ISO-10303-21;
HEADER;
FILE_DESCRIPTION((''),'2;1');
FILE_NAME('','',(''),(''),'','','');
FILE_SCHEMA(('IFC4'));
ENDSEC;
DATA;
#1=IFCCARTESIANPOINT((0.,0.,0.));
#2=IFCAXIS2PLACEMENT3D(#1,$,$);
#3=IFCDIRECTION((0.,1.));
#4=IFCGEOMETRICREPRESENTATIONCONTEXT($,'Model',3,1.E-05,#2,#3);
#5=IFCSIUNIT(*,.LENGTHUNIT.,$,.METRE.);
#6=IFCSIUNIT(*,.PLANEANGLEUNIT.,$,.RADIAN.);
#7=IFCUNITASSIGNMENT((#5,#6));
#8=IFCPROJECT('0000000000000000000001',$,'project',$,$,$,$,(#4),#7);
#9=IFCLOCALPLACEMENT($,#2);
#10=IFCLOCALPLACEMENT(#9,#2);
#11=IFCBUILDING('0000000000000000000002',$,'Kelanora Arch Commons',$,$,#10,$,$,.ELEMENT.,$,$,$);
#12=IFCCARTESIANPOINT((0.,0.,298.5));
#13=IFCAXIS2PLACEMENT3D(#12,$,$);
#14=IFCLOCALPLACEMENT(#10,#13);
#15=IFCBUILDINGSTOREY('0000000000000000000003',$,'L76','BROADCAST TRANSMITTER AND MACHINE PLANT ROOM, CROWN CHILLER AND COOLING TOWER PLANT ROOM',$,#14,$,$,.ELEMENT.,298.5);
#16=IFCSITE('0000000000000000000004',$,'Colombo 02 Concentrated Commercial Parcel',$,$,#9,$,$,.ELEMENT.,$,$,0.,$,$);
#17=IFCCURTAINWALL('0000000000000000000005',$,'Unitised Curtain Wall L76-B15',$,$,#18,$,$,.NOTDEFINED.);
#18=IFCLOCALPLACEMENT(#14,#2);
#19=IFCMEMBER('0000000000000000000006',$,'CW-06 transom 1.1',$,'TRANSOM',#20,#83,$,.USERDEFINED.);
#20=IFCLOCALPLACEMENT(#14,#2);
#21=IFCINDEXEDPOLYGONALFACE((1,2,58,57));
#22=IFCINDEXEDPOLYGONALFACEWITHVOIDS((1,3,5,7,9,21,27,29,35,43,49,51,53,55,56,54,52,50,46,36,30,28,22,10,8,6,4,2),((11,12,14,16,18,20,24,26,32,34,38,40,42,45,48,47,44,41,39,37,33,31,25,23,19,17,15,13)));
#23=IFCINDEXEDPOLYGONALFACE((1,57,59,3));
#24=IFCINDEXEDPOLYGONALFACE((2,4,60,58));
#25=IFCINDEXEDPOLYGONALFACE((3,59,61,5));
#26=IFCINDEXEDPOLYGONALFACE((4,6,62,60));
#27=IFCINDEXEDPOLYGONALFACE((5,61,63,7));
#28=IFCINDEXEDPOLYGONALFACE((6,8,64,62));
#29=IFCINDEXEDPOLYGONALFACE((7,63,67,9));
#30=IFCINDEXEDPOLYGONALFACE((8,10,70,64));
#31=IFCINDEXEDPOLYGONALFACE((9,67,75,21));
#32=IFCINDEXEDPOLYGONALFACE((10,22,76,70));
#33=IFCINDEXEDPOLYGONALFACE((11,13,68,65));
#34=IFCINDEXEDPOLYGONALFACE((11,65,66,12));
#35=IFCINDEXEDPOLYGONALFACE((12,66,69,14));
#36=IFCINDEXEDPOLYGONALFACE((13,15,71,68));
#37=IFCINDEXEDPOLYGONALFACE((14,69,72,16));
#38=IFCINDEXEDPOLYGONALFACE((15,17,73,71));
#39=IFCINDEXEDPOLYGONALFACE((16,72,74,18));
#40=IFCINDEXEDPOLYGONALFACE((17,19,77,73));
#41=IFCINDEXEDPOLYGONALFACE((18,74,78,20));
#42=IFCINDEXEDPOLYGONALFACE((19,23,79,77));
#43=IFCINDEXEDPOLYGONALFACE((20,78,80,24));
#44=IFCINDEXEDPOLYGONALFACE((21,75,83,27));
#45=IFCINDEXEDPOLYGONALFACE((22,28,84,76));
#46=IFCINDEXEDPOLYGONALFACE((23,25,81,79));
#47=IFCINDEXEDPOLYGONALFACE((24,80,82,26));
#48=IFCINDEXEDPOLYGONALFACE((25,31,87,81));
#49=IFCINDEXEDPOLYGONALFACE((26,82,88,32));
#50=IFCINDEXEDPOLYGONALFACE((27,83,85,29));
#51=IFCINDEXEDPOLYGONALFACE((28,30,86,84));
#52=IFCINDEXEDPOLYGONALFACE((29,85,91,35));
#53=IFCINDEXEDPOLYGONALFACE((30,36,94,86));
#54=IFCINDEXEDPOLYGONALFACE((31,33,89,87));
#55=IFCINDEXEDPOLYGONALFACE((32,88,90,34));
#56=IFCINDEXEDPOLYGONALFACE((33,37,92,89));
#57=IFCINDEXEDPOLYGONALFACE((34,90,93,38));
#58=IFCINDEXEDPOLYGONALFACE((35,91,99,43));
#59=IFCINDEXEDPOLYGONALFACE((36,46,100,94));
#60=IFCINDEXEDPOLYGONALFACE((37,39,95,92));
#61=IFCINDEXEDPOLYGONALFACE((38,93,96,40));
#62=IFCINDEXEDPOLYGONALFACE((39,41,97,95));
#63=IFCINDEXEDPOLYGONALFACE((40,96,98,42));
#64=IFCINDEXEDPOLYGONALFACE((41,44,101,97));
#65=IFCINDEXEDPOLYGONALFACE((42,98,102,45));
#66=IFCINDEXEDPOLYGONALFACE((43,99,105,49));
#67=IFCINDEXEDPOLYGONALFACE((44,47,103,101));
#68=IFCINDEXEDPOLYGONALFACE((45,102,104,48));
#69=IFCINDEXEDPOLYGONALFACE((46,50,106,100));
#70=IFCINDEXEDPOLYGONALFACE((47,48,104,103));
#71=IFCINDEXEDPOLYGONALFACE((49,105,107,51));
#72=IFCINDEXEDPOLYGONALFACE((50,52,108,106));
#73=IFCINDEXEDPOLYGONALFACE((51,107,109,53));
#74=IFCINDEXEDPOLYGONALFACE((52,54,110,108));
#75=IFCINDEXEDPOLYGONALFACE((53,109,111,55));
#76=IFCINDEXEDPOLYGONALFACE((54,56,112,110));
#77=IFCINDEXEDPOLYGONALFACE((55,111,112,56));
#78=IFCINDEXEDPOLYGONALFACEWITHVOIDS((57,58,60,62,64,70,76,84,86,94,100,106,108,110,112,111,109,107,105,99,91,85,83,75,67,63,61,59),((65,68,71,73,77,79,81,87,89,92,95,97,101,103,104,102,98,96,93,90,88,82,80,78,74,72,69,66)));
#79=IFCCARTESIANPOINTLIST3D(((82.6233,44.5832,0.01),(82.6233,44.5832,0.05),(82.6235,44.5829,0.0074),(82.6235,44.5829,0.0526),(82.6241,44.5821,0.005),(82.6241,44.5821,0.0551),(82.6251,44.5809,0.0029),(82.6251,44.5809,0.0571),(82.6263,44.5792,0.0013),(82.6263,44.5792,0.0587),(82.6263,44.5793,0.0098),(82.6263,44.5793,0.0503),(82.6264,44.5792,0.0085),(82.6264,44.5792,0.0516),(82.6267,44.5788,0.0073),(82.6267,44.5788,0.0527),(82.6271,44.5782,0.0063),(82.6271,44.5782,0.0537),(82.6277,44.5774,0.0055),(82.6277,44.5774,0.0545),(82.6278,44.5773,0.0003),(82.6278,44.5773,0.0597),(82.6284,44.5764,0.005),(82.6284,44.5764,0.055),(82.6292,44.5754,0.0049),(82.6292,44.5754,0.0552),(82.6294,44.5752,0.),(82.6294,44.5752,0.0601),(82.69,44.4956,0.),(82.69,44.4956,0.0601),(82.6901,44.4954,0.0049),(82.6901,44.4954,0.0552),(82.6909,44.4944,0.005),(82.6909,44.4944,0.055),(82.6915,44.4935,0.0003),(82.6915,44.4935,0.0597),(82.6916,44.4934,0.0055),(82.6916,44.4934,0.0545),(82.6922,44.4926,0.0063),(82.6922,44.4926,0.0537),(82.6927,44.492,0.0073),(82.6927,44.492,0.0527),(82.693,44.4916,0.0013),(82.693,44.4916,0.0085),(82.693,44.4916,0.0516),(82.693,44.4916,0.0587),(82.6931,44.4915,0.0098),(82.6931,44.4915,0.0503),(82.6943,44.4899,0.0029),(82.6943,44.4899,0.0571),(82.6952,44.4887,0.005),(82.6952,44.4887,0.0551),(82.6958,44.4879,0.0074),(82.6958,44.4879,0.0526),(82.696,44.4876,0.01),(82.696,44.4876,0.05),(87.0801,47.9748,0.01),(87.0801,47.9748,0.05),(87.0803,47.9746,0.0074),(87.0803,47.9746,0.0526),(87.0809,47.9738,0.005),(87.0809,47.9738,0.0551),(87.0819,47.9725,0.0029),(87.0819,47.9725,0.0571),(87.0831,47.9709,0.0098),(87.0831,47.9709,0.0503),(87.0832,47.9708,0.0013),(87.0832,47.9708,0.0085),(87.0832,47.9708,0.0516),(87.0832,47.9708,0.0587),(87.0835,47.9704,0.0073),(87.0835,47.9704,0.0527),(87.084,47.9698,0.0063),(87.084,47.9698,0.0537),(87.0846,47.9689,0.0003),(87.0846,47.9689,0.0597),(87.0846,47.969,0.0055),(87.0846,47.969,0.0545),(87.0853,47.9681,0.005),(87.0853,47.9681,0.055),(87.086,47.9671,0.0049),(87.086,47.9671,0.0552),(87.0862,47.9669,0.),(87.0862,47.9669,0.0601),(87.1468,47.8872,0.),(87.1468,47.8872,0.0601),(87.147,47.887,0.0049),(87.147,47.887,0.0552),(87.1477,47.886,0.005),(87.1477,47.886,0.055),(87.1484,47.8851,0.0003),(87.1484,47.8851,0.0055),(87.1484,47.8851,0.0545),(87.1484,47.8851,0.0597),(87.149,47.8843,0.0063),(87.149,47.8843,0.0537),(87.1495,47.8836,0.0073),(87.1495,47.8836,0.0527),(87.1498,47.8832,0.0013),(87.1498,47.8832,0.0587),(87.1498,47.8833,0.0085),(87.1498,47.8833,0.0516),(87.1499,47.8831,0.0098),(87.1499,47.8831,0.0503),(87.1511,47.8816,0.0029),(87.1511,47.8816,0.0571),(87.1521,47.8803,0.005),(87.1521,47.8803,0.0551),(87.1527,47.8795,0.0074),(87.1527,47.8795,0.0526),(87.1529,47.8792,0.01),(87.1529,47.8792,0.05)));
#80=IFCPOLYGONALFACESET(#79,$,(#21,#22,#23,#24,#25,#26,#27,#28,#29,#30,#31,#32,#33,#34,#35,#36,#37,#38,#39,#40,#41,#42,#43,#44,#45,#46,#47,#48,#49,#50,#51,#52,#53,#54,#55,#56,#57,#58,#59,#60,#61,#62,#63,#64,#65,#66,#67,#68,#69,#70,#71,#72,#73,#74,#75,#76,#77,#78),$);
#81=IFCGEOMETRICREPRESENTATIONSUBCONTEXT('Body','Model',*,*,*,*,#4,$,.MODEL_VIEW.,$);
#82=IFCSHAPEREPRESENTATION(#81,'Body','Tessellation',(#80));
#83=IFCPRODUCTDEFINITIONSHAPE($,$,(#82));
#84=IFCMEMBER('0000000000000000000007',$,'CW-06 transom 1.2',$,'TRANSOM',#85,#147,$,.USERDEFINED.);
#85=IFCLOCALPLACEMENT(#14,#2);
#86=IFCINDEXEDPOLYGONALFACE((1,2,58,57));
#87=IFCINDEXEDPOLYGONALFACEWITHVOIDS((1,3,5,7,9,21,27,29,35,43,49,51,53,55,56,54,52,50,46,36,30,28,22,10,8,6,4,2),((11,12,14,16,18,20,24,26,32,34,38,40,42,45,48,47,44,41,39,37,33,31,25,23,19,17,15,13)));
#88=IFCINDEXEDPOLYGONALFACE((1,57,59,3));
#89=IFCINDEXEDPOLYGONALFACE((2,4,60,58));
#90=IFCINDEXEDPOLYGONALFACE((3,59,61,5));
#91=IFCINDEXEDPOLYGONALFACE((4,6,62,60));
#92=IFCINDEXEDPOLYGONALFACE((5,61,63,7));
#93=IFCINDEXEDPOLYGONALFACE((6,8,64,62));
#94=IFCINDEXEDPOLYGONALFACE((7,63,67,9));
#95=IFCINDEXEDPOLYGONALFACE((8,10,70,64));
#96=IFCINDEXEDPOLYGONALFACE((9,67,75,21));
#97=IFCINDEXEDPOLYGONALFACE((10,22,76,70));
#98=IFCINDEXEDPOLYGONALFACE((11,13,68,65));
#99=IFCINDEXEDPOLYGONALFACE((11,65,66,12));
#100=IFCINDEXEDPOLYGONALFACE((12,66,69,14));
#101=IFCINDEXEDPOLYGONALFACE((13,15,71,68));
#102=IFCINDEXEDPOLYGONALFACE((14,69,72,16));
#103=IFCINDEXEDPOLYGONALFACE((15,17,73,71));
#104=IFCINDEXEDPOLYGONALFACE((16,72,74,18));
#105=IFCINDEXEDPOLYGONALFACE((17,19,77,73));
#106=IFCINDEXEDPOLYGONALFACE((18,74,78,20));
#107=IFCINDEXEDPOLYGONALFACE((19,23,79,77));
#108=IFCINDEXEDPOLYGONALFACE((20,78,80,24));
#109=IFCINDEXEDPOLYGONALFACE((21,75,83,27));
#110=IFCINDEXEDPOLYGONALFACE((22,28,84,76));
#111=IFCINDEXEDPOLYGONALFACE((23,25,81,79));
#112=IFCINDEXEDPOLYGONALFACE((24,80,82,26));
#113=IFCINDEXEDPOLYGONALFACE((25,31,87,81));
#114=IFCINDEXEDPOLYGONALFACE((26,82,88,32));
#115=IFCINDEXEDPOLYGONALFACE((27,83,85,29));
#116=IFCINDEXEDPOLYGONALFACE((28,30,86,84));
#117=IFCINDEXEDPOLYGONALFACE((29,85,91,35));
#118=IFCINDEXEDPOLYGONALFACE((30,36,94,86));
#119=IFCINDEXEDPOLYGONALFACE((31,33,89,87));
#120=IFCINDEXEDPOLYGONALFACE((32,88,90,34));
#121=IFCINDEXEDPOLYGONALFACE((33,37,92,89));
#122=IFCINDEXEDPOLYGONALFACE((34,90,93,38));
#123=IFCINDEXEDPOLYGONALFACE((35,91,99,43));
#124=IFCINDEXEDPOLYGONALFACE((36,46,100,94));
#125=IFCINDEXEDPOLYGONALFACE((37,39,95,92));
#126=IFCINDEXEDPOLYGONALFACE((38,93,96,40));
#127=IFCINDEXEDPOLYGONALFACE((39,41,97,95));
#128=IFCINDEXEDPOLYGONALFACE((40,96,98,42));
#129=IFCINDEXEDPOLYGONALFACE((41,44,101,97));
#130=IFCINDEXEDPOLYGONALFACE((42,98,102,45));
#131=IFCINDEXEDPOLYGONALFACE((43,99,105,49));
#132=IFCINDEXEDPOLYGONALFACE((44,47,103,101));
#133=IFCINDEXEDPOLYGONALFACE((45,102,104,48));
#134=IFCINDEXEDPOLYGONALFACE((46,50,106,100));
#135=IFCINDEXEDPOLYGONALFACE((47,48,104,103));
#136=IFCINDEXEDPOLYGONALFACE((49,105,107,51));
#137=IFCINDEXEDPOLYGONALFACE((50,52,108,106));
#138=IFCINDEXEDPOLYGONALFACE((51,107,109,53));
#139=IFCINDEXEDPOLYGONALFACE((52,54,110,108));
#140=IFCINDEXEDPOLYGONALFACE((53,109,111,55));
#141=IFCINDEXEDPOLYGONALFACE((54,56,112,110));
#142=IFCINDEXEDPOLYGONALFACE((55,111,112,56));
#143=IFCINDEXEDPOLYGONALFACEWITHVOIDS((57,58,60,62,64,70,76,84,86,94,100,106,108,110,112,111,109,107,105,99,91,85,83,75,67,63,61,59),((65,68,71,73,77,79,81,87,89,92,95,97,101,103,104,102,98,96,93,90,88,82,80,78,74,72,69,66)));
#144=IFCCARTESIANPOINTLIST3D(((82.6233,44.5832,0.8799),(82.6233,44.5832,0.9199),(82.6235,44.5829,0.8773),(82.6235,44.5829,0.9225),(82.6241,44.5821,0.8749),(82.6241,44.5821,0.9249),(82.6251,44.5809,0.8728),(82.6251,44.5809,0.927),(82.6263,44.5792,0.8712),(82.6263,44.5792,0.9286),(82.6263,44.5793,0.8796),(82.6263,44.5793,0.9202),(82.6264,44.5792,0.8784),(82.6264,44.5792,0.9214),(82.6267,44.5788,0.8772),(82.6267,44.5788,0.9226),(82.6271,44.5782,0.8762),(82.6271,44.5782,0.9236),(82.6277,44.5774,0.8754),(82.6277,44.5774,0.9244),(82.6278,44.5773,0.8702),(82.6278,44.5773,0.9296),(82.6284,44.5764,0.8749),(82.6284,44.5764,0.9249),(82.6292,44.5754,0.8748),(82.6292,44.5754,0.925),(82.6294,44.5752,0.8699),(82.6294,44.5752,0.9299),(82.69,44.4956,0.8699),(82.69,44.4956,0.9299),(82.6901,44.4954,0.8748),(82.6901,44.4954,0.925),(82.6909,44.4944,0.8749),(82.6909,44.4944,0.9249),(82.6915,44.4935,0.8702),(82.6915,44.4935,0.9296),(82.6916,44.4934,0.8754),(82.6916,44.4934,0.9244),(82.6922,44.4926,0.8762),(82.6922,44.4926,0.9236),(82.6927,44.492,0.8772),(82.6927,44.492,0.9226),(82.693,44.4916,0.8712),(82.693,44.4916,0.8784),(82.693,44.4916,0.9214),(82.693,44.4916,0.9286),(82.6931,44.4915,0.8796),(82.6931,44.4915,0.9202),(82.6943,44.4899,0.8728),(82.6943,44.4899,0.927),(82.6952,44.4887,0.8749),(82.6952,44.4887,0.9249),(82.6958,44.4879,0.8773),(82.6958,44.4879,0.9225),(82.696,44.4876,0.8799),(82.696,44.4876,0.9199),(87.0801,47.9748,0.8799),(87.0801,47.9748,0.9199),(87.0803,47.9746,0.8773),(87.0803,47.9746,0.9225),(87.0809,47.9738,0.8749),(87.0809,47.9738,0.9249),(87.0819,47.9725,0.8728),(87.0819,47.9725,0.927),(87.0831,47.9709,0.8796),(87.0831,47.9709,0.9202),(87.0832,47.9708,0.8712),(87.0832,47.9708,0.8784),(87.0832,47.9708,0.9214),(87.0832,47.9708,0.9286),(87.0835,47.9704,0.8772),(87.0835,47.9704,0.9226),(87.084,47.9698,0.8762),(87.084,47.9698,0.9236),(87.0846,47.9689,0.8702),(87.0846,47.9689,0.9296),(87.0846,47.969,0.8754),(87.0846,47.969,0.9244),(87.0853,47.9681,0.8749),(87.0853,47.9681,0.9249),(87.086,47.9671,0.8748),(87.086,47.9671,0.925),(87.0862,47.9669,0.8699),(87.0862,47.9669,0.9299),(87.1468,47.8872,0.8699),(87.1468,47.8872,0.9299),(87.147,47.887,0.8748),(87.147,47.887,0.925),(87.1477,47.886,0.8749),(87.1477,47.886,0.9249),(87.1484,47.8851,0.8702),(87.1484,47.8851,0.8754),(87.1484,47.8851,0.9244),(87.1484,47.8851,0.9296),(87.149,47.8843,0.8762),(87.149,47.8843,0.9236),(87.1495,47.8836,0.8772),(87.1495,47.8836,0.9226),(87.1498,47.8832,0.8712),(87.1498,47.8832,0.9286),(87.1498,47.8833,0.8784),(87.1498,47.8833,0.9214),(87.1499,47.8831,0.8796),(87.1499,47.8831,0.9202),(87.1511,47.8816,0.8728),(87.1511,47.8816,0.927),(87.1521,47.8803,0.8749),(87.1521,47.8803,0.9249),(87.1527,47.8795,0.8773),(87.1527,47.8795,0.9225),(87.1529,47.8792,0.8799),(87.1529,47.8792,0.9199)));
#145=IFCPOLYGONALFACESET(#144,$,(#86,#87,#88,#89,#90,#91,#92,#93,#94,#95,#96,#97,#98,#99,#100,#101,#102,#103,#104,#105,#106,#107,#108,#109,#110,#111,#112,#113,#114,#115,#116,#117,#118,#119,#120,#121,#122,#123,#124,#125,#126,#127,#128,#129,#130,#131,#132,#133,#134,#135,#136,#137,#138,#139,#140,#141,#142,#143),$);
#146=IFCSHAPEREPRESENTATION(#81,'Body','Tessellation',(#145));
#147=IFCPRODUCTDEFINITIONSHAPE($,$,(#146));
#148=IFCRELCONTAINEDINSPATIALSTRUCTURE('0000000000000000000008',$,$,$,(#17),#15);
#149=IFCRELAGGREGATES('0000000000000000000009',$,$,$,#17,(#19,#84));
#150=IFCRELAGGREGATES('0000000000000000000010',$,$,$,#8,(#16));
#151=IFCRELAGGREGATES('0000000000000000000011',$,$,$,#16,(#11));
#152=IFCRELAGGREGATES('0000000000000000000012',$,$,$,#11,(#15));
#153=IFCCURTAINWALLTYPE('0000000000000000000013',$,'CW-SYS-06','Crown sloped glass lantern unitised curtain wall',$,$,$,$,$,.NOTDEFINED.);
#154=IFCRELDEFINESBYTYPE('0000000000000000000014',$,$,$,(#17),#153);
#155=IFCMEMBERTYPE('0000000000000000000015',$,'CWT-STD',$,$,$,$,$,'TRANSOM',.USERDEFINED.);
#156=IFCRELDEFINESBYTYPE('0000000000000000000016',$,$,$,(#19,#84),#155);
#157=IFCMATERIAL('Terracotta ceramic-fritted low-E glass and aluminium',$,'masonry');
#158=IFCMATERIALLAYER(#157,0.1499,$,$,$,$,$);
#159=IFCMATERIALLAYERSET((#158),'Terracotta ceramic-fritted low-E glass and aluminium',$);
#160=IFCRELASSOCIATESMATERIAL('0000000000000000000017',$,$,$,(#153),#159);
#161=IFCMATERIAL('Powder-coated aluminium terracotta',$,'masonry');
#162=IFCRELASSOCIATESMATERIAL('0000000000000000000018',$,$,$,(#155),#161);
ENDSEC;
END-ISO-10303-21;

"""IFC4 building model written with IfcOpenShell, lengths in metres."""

from ifc_helpers import new_model, si_unit, direction, frame, origin, origin_2d, place, context, subcontext, project, spatial, hollow_rectangle, extrude, material, layer, layer_set, material_profile, profile_set, type_object, element, aggregate, save


model = new_model("IFC4")

# Units and contexts
model_context = context("Model", 3, precision=1e-05, world=origin(), true_north=direction((0.0, 1.0)))
body_context = subcontext(model_context, "Body", "Model", "MODEL_VIEW")
ifc_project = project(units=[si_unit("LENGTHUNIT", "METRE"), si_unit("PLANEANGLEUNIT", "RADIAN")], contexts=[model_context])

# Site, building, storey
site_placement = place(None, origin())
site = spatial("IfcSite", under=ifc_project, at=site_placement, Name="Colombo 02 Concentrated Commercial Parcel", CompositionType="ELEMENT", RefElevation=0.0)
building_placement = place(site_placement, origin())
building = spatial("IfcBuilding", under=site, at=building_placement, Name="Kelanora Arch Commons", CompositionType="ELEMENT")
storey_placement = place(building_placement, frame((0.0, 0.0, 298.5)))
storey = spatial("IfcBuildingStorey", under=building, at=storey_placement, Name="L76", Description="BROADCAST TRANSMITTER AND MACHINE PLANT ROOM, CROWN CHILLER AND COOLING TOWER PLANT ROOM", CompositionType="ELEMENT", Elevation=298.5)

# Shared definitions
ifc_material_1 = material(Name="Terracotta ceramic-fritted low-E glass and aluminium", Category="masonry")
ifc_layer_1 = layer(ifc_material_1, 0.1499)
ifc_layer_set_1 = layer_set([ifc_layer_1], Name="Terracotta ceramic-fritted low-E glass and aluminium")
curtain_wall_type = type_object("IfcCurtainWallType", Name="CW-SYS-06", Description="Crown sloped glass lantern unitised curtain wall", PredefinedType="NOTDEFINED", material=ifc_layer_set_1)
ifc_material_2 = material(Name="Powder-coated aluminium terracotta", Category="masonry")

# Curtain wall
curtain_wall_1_placement = place(storey_placement, origin())
curtain_wall_1 = element("IfcCurtainWall", 1, at=curtain_wall_1_placement, inside=storey, type_object=curtain_wall_type, Name="Unitised Curtain Wall L76-B15", PredefinedType="NOTDEFINED")

# Members
ifc_material_profile_1 = material_profile(ifc_material_2, hollow_rectangle(XDim=0.1201, YDim=0.0601, WallThickness=0.0049, InnerFilletRadius=0.0049, OuterFilletRadius=0.01, at=origin_2d()), Name="CWT120x60")
ifc_profile_set_1 = profile_set([ifc_material_profile_1], Name="Powder-coated aluminium terracotta")
member_type_1 = type_object("IfcMemberType", Name="CWT-STD", ElementType="TRANSOM", PredefinedType="USERDEFINED", material=ifc_profile_set_1)
member_1_placement = place(storey_placement, frame((82.6597, 44.5354, 0.03), z_axis=(0.79578, 0.605586, 0.0), x_axis=(-0.605586, 0.79578, 0.0)))
member_1 = element("IfcMember", 2, at=member_1_placement, type_object=member_type_1, Name="CW-06 transom 1.1", ObjectType="TRANSOM", PredefinedType="USERDEFINED", context=body_context, shape_type="SweptSolid", body=[
    extrude(hollow_rectangle(XDim=0.1201, YDim=0.0601, WallThickness=0.0049, InnerFilletRadius=0.0049, OuterFilletRadius=0.01, at=origin_2d()), origin(), (0.0, 0.0, 1.0), 5.6006),
])
member_2_placement = place(storey_placement, frame((82.6597, 44.5354, 0.8999), z_axis=(0.79578, 0.605586, 0.0), x_axis=(-0.605586, 0.79578, 0.0)))
member_2 = element("IfcMember", 3, at=member_2_placement, type_object=member_type_1, Name="CW-06 transom 1.2", ObjectType="TRANSOM", PredefinedType="USERDEFINED", context=body_context, shape_type="SweptSolid", body=[
    extrude(hollow_rectangle(XDim=0.1201, YDim=0.0601, WallThickness=0.0049, InnerFilletRadius=0.0049, OuterFilletRadius=0.01, at=origin_2d()), origin(), (0.0, 0.0, 1.0), 5.6006),
])

aggregate(curtain_wall_1, [member_1, member_2])

save(model, "model.ifc")
